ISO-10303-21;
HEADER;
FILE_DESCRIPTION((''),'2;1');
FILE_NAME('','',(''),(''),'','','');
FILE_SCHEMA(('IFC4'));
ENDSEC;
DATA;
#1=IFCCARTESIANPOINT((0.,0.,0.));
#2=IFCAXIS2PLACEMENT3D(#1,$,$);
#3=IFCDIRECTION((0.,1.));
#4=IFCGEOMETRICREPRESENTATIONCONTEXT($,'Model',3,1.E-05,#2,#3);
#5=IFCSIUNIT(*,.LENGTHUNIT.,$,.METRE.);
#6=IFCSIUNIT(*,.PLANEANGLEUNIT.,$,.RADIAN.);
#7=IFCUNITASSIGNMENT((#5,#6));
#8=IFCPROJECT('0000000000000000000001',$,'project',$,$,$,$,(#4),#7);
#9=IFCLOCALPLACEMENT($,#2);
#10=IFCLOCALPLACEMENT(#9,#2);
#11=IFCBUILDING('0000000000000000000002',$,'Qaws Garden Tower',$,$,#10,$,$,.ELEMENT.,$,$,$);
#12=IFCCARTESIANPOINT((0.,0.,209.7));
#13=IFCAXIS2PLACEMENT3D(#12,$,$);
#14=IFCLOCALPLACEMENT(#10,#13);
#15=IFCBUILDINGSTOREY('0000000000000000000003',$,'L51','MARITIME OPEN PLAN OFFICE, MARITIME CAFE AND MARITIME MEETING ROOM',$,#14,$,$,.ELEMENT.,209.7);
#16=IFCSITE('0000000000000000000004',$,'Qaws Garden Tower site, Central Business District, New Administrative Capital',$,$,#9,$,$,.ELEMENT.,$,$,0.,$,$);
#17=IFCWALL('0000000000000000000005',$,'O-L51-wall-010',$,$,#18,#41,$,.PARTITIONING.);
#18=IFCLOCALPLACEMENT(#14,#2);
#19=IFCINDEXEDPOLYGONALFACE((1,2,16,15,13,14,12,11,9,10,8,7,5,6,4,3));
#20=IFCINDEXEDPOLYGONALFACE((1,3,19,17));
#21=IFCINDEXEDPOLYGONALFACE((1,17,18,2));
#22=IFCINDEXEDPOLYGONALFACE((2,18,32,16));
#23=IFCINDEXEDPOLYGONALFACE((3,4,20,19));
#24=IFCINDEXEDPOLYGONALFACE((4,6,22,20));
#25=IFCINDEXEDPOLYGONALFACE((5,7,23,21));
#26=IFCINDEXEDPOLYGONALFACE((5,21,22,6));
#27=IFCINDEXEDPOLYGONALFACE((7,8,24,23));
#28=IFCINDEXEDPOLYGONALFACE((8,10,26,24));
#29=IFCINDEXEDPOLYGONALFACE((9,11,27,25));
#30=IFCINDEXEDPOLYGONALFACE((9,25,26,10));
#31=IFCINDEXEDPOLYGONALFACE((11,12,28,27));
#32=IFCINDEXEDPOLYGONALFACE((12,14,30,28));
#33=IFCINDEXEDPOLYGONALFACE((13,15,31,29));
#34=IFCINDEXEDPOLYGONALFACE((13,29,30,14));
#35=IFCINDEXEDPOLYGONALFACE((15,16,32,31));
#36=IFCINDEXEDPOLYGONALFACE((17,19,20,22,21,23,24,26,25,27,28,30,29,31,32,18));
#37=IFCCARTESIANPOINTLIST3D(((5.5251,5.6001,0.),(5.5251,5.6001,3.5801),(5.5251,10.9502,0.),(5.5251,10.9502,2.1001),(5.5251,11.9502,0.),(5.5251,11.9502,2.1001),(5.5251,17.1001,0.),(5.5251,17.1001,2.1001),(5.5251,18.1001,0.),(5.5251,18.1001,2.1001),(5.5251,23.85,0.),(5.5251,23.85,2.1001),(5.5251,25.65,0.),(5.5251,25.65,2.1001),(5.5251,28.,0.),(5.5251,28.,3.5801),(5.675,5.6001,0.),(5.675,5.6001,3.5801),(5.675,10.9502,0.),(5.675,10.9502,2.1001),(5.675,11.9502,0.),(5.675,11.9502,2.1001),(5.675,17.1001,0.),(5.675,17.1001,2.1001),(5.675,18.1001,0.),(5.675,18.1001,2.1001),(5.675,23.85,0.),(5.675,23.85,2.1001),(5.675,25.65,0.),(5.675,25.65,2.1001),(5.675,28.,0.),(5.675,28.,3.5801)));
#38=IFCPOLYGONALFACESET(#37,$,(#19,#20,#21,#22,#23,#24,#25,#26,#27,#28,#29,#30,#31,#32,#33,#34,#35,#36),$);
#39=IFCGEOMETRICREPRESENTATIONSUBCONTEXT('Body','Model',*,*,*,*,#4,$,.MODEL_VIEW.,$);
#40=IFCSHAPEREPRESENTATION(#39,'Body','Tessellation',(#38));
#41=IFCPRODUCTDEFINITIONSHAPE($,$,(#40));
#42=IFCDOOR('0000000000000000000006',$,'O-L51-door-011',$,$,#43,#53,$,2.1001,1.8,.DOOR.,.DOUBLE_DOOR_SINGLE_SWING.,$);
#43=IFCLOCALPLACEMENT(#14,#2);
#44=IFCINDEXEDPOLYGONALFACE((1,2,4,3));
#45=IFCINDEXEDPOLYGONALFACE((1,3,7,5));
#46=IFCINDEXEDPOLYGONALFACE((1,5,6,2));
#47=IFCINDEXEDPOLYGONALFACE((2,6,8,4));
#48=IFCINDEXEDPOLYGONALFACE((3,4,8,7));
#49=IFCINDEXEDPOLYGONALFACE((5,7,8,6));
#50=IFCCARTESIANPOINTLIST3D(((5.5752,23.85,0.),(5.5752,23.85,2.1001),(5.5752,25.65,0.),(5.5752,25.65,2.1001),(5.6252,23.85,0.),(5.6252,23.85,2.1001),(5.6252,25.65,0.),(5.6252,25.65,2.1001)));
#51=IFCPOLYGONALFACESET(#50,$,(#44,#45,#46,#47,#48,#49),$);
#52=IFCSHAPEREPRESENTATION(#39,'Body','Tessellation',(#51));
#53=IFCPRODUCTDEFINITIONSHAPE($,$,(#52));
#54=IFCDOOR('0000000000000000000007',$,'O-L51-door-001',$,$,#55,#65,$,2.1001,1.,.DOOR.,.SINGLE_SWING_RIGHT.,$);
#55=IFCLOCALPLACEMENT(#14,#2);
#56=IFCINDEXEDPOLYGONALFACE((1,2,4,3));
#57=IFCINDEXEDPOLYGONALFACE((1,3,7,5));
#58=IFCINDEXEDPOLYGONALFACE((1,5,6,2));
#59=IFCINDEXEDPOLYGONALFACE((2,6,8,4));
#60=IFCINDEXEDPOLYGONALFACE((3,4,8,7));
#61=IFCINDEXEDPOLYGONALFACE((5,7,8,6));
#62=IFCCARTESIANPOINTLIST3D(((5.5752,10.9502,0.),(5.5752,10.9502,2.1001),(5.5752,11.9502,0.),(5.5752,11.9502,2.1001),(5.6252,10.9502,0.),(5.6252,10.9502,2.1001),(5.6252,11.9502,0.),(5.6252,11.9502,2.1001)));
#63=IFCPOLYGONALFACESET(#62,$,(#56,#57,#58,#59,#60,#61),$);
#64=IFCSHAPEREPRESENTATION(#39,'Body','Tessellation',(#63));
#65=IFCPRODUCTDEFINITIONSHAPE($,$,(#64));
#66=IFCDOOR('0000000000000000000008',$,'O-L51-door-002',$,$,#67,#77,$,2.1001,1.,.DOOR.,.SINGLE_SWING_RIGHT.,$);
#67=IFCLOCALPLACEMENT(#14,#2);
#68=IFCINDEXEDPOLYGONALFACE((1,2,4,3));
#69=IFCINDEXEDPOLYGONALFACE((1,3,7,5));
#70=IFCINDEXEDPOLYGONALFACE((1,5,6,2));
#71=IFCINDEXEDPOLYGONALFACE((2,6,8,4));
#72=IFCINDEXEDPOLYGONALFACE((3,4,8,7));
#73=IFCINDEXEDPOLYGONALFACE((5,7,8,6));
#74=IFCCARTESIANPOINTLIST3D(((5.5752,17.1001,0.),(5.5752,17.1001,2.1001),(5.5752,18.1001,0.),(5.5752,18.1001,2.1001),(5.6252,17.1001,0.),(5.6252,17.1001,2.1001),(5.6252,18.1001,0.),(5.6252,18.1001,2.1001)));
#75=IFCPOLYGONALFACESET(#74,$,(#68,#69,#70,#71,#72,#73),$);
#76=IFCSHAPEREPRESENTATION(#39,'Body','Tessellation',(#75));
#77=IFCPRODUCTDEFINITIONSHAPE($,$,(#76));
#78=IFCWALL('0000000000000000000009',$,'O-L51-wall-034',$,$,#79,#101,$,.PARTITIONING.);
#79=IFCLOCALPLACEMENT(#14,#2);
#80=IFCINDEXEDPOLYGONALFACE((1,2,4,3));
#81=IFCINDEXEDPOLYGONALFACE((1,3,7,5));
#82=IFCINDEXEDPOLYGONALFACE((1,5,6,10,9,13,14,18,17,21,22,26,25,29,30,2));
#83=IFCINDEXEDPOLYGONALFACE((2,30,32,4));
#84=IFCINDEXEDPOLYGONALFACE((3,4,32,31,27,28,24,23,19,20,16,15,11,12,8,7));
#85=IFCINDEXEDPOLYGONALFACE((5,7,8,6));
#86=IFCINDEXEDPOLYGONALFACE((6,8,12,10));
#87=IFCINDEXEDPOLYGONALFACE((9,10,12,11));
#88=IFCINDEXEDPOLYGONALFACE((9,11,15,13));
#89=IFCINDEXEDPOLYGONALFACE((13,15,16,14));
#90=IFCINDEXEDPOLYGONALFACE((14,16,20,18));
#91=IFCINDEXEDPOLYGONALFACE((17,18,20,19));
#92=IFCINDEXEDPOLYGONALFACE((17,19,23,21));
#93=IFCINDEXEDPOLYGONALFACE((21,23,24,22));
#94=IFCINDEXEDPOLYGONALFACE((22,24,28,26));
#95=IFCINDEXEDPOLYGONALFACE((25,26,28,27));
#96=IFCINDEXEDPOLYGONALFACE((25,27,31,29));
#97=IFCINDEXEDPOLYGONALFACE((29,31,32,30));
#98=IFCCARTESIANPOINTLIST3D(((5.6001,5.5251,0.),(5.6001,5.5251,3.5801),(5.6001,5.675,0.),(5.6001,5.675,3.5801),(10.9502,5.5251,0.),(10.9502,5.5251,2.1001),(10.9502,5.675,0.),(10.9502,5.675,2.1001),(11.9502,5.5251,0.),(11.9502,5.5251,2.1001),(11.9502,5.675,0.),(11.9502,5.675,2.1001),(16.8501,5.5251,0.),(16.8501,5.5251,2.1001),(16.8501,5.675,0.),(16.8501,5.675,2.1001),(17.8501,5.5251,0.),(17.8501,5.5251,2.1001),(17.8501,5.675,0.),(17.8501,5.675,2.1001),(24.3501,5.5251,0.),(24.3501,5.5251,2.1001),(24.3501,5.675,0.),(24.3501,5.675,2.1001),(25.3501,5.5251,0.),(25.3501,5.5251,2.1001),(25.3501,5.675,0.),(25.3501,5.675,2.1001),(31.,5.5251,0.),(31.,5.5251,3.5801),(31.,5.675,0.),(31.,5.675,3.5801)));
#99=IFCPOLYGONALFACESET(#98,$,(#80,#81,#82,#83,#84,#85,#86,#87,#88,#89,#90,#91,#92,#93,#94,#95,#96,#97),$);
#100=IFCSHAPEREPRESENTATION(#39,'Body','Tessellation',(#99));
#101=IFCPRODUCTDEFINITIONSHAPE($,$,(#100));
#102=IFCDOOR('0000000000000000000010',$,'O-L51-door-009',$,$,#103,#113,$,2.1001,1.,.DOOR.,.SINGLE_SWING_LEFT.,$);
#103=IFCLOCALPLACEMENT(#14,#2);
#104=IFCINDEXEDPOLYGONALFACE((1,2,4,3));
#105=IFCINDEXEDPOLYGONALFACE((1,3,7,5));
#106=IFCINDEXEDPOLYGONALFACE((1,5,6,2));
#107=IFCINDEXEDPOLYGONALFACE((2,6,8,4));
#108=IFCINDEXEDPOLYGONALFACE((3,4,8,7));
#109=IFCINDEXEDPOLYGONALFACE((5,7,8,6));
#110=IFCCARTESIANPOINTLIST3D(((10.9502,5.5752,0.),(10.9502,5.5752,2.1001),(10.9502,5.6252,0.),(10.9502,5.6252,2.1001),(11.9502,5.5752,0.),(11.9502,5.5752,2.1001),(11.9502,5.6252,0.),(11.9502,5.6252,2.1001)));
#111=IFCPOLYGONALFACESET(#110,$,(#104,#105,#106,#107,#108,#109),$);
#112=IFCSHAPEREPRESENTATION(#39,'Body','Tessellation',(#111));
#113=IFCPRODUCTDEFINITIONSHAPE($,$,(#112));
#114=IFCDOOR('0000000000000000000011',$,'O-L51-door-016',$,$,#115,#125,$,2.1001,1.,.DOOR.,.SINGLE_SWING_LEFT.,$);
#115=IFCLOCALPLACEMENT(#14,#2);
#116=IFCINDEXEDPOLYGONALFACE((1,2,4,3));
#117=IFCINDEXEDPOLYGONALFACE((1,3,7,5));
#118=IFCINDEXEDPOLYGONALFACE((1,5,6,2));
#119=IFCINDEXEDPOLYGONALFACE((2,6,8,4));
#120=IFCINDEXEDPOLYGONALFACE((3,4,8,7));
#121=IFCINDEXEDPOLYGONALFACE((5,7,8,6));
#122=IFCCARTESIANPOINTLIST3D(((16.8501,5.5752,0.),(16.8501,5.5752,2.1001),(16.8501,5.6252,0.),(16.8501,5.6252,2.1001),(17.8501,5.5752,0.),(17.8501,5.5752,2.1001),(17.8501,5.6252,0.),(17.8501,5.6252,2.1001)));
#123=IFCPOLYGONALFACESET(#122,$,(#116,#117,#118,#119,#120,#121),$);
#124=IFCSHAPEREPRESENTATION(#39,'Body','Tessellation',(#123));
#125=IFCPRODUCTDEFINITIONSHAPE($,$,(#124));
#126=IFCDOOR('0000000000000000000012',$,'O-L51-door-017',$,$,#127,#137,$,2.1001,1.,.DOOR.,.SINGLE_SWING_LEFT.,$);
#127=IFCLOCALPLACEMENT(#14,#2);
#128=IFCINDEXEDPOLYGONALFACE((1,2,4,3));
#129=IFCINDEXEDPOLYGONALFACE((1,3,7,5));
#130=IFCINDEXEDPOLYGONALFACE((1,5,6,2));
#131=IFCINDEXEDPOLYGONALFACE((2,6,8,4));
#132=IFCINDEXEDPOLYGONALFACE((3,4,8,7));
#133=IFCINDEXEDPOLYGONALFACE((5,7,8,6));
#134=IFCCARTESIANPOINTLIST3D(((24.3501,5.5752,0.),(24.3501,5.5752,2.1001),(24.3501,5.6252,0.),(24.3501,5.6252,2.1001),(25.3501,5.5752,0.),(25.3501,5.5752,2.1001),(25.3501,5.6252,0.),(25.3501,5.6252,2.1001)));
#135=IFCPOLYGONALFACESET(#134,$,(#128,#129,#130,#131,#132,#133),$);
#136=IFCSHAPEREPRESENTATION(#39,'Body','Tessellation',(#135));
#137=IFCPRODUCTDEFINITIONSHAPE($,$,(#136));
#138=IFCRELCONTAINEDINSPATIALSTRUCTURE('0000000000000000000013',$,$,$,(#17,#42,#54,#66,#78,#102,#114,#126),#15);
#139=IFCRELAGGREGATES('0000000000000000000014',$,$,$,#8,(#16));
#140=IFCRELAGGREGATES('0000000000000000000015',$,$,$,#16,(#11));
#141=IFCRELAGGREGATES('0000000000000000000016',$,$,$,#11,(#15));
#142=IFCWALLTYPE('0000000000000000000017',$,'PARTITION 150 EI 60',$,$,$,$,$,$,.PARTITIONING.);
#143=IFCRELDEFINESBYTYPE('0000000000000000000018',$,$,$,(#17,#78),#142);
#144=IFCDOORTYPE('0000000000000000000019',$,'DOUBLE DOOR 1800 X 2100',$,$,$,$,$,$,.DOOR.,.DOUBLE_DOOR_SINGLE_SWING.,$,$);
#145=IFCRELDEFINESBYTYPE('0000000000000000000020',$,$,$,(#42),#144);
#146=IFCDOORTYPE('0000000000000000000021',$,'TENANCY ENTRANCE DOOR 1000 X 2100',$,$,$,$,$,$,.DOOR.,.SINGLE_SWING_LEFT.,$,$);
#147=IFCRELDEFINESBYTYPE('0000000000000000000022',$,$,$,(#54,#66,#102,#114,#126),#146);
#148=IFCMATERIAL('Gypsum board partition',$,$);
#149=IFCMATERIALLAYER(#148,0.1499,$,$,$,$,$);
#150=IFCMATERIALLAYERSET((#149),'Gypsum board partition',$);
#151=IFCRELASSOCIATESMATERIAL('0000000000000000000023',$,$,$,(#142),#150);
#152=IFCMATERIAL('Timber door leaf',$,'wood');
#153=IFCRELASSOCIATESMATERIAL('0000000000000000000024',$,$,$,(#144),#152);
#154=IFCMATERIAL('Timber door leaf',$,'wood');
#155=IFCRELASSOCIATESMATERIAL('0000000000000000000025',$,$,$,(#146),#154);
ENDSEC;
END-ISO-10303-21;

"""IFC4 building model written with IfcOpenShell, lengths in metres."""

from ifc_helpers import new_model, si_unit, direction, frame, frame_2d, origin, place, context, subcontext, project, spatial, rectangle, extrude, material, layer, layer_set, type_object, element, fill, save


model = new_model("IFC4")

# Units and contexts
model_context = context("Model", 3, precision=1e-05, world=origin(), true_north=direction((0.0, 1.0)))
body_context = subcontext(model_context, "Body", "Model", "MODEL_VIEW")
ifc_project = project(units=[si_unit("LENGTHUNIT", "METRE"), si_unit("PLANEANGLEUNIT", "RADIAN")], contexts=[model_context])

# Site, building, storey
site_placement = place(None, origin())
site = spatial("IfcSite", under=ifc_project, at=site_placement, Name="Qaws Garden Tower site, Central Business District, New Administrative Capital", CompositionType="ELEMENT", RefElevation=0.0)
building_placement = place(site_placement, origin())
building = spatial("IfcBuilding", under=site, at=building_placement, Name="Qaws Garden Tower", CompositionType="ELEMENT")
storey_placement = place(building_placement, frame((0.0, 0.0, 209.7)))
storey = spatial("IfcBuildingStorey", under=building, at=storey_placement, Name="L51", Description="MARITIME OPEN PLAN OFFICE, MARITIME CAFE AND MARITIME MEETING ROOM", CompositionType="ELEMENT", Elevation=209.7)

# Walls, openings, doors
ifc_material_1 = material(Name="Gypsum board partition")
ifc_layer_1 = layer(ifc_material_1, 0.1499)
ifc_layer_set_1 = layer_set([ifc_layer_1], Name="Gypsum board partition")
wall_type_1 = type_object("IfcWallType", Name="PARTITION 150 EI 60", PredefinedType="PARTITIONING", material=ifc_layer_set_1)
wall_1_placement = place(storey_placement, frame((5.6001, 5.6001, 0.0), z_axis=(0.0, 0.0, 1.0), x_axis=(0.0, 1.0, 0.0)))
wall_1 = element("IfcWall", 1, at=wall_1_placement, inside=storey, type_object=wall_type_1, Name="O-L51-wall-010", PredefinedType="PARTITIONING", context=body_context, shape_type="SweptSolid", body=[
    extrude(rectangle(XDim=22.3999, YDim=0.1499, at=frame_2d((11.2, 0.0))), origin(), (0.0, 0.0, 1.0), 3.5801),
])
opening_1_placement = place(wall_1_placement, frame((5.3501, 0.0, 0.0)))
opening_1 = element("IfcOpeningElement", 2, at=opening_1_placement, cuts=wall_1, PredefinedType="OPENING", context=body_context, shape_type="SweptSolid", body=[
    extrude(rectangle(XDim=1.0, YDim=2.1001, at=frame_2d((0.5, 1.05))), frame((0.0, 0.085, 0.0), z_axis=(0.0, -1.0, 0.0), x_axis=(1.0, 0.0, 0.0)), (0.0, 0.0, 1.0), 0.1699),
])
opening_2_placement = place(wall_1_placement, frame((11.5, 0.0, 0.0)))
opening_2 = element("IfcOpeningElement", 3, at=opening_2_placement, cuts=wall_1, PredefinedType="OPENING", context=body_context, shape_type="SweptSolid", body=[
    extrude(rectangle(XDim=1.0, YDim=2.1001, at=frame_2d((0.5, 1.05))), frame((0.0, 0.085, 0.0), z_axis=(0.0, -1.0, 0.0), x_axis=(1.0, 0.0, 0.0)), (0.0, 0.0, 1.0), 0.1699),
])
opening_3_placement = place(wall_1_placement, frame((18.25, 0.0, 0.0)))
opening_3 = element("IfcOpeningElement", 4, at=opening_3_placement, cuts=wall_1, PredefinedType="OPENING", context=body_context, shape_type="SweptSolid", body=[
    extrude(rectangle(XDim=1.8, YDim=2.1001, at=frame_2d((0.8999, 1.05))), frame((0.0, 0.085, 0.0), z_axis=(0.0, -1.0, 0.0), x_axis=(1.0, 0.0, 0.0)), (0.0, 0.0, 1.0), 0.1699),
])
ifc_material_2 = material(Name="Timber door leaf", Category="wood")
door_type_1 = type_object("IfcDoorType", Name="DOUBLE DOOR 1800 X 2100", OperationType="DOUBLE_DOOR_SINGLE_SWING", PredefinedType="DOOR", material=ifc_material_2)
door_1_placement = place(opening_3_placement, origin())
door_1 = element("IfcDoor", 5, at=door_1_placement, inside=storey, type_object=door_type_1, Name="O-L51-door-011", OperationType="DOUBLE_DOOR_SINGLE_SWING", OverallHeight=2.1001, OverallWidth=1.8, PredefinedType="DOOR", context=body_context, shape_type="SweptSolid", body=[
    extrude(rectangle(XDim=1.8, YDim=2.1001, at=frame_2d((0.8999, 1.05))), frame((0.0, 0.0249, 0.0), z_axis=(0.0, -1.0, 0.0), x_axis=(1.0, 0.0, 0.0)), (0.0, 0.0, 1.0), 0.05),
])
fill(opening_3, door_1)
ifc_material_3 = material(Name="Timber door leaf", Category="wood")
door_type_2 = type_object("IfcDoorType", Name="TENANCY ENTRANCE DOOR 1000 X 2100", OperationType="SINGLE_SWING_LEFT", PredefinedType="DOOR", material=ifc_material_3)
door_2_placement = place(opening_1_placement, origin())
door_2 = element("IfcDoor", 6, at=door_2_placement, inside=storey, type_object=door_type_2, Name="O-L51-door-001", OperationType="SINGLE_SWING_RIGHT", OverallHeight=2.1001, OverallWidth=1.0, PredefinedType="DOOR", context=body_context, shape_type="SweptSolid", body=[
    extrude(rectangle(XDim=1.0, YDim=2.1001, at=frame_2d((0.5, 1.05))), frame((0.0, 0.0249, 0.0), z_axis=(0.0, -1.0, 0.0), x_axis=(1.0, 0.0, 0.0)), (0.0, 0.0, 1.0), 0.05),
])
fill(opening_1, door_2)
door_3_placement = place(opening_2_placement, origin())
door_3 = element("IfcDoor", 7, at=door_3_placement, inside=storey, type_object=door_type_2, Name="O-L51-door-002", OperationType="SINGLE_SWING_RIGHT", OverallHeight=2.1001, OverallWidth=1.0, PredefinedType="DOOR", context=body_context, shape_type="SweptSolid", body=[
    extrude(rectangle(XDim=1.0, YDim=2.1001, at=frame_2d((0.5, 1.05))), frame((0.0, 0.0249, 0.0), z_axis=(0.0, -1.0, 0.0), x_axis=(1.0, 0.0, 0.0)), (0.0, 0.0, 1.0), 0.05),
])
fill(opening_2, door_3)
wall_2_placement = place(storey_placement, frame((5.6001, 5.6001, 0.0), z_axis=(0.0, 0.0, 1.0), x_axis=(1.0, 0.0, 0.0)))
wall_2 = element("IfcWall", 8, at=wall_2_placement, inside=storey, type_object=wall_type_1, Name="O-L51-wall-034", PredefinedType="PARTITIONING", context=body_context, shape_type="SweptSolid", body=[
    extrude(rectangle(XDim=25.3999, YDim=0.1499, at=frame_2d((12.7, 0.0))), origin(), (0.0, 0.0, 1.0), 3.5801),
])
opening_4_placement = place(wall_2_placement, frame((5.3501, 0.0, 0.0)))
opening_4 = element("IfcOpeningElement", 9, at=opening_4_placement, cuts=wall_2, PredefinedType="OPENING", context=body_context, shape_type="SweptSolid", body=[
    extrude(rectangle(XDim=1.0, YDim=2.1001, at=frame_2d((0.5, 1.05))), frame((0.0, 0.085, 0.0), z_axis=(0.0, -1.0, 0.0), x_axis=(1.0, 0.0, 0.0)), (0.0, 0.0, 1.0), 0.1699),
])
opening_5_placement = place(wall_2_placement, frame((11.25, 0.0, 0.0)))
opening_5 = element("IfcOpeningElement", 10, at=opening_5_placement, cuts=wall_2, PredefinedType="OPENING", context=body_context, shape_type="SweptSolid", body=[
    extrude(rectangle(XDim=1.0, YDim=2.1001, at=frame_2d((0.5, 1.05))), frame((0.0, 0.085, 0.0), z_axis=(0.0, -1.0, 0.0), x_axis=(1.0, 0.0, 0.0)), (0.0, 0.0, 1.0), 0.1699),
])
opening_6_placement = place(wall_2_placement, frame((18.75, 0.0, 0.0)))
opening_6 = element("IfcOpeningElement", 11, at=opening_6_placement, cuts=wall_2, PredefinedType="OPENING", context=body_context, shape_type="SweptSolid", body=[
    extrude(rectangle(XDim=1.0, YDim=2.1001, at=frame_2d((0.5, 1.05))), frame((0.0, 0.085, 0.0), z_axis=(0.0, -1.0, 0.0), x_axis=(1.0, 0.0, 0.0)), (0.0, 0.0, 1.0), 0.1699),
])
door_4_placement = place(opening_4_placement, frame((1.0, 0.0, 0.0), z_axis=(0.0, 0.0, 1.0), x_axis=(-1.0, 0.0, 0.0)))
door_4 = element("IfcDoor", 12, at=door_4_placement, inside=storey, type_object=door_type_2, Name="O-L51-door-009", OperationType="SINGLE_SWING_LEFT", OverallHeight=2.1001, OverallWidth=1.0, PredefinedType="DOOR", context=body_context, shape_type="SweptSolid", body=[
    extrude(rectangle(XDim=1.0, YDim=2.1001, at=frame_2d((0.5, 1.05))), frame((0.0, 0.0249, 0.0), z_axis=(0.0, -1.0, 0.0), x_axis=(1.0, 0.0, 0.0)), (0.0, 0.0, 1.0), 0.05),
])
fill(opening_4, door_4)
door_5_placement = place(opening_5_placement, frame((1.0, 0.0, 0.0), z_axis=(0.0, 0.0, 1.0), x_axis=(-1.0, 0.0, 0.0)))
door_5 = element("IfcDoor", 13, at=door_5_placement, inside=storey, type_object=door_type_2, Name="O-L51-door-016", OperationType="SINGLE_SWING_LEFT", OverallHeight=2.1001, OverallWidth=1.0, PredefinedType="DOOR", context=body_context, shape_type="SweptSolid", body=[
    extrude(rectangle(XDim=1.0, YDim=2.1001, at=frame_2d((0.5, 1.05))), frame((0.0, 0.0249, 0.0), z_axis=(0.0, -1.0, 0.0), x_axis=(1.0, 0.0, 0.0)), (0.0, 0.0, 1.0), 0.05),
])
fill(opening_5, door_5)
door_6_placement = place(opening_6_placement, frame((1.0, 0.0, 0.0), z_axis=(0.0, 0.0, 1.0), x_axis=(-1.0, 0.0, 0.0)))
door_6 = element("IfcDoor", 14, at=door_6_placement, inside=storey, type_object=door_type_2, Name="O-L51-door-017", OperationType="SINGLE_SWING_LEFT", OverallHeight=2.1001, OverallWidth=1.0, PredefinedType="DOOR", context=body_context, shape_type="SweptSolid", body=[
    extrude(rectangle(XDim=1.0, YDim=2.1001, at=frame_2d((0.5, 1.05))), frame((0.0, 0.0249, 0.0), z_axis=(0.0, -1.0, 0.0), x_axis=(1.0, 0.0, 0.0)), (0.0, 0.0, 1.0), 0.05),
])
fill(opening_6, door_6)

save(model, "model.ifc")
